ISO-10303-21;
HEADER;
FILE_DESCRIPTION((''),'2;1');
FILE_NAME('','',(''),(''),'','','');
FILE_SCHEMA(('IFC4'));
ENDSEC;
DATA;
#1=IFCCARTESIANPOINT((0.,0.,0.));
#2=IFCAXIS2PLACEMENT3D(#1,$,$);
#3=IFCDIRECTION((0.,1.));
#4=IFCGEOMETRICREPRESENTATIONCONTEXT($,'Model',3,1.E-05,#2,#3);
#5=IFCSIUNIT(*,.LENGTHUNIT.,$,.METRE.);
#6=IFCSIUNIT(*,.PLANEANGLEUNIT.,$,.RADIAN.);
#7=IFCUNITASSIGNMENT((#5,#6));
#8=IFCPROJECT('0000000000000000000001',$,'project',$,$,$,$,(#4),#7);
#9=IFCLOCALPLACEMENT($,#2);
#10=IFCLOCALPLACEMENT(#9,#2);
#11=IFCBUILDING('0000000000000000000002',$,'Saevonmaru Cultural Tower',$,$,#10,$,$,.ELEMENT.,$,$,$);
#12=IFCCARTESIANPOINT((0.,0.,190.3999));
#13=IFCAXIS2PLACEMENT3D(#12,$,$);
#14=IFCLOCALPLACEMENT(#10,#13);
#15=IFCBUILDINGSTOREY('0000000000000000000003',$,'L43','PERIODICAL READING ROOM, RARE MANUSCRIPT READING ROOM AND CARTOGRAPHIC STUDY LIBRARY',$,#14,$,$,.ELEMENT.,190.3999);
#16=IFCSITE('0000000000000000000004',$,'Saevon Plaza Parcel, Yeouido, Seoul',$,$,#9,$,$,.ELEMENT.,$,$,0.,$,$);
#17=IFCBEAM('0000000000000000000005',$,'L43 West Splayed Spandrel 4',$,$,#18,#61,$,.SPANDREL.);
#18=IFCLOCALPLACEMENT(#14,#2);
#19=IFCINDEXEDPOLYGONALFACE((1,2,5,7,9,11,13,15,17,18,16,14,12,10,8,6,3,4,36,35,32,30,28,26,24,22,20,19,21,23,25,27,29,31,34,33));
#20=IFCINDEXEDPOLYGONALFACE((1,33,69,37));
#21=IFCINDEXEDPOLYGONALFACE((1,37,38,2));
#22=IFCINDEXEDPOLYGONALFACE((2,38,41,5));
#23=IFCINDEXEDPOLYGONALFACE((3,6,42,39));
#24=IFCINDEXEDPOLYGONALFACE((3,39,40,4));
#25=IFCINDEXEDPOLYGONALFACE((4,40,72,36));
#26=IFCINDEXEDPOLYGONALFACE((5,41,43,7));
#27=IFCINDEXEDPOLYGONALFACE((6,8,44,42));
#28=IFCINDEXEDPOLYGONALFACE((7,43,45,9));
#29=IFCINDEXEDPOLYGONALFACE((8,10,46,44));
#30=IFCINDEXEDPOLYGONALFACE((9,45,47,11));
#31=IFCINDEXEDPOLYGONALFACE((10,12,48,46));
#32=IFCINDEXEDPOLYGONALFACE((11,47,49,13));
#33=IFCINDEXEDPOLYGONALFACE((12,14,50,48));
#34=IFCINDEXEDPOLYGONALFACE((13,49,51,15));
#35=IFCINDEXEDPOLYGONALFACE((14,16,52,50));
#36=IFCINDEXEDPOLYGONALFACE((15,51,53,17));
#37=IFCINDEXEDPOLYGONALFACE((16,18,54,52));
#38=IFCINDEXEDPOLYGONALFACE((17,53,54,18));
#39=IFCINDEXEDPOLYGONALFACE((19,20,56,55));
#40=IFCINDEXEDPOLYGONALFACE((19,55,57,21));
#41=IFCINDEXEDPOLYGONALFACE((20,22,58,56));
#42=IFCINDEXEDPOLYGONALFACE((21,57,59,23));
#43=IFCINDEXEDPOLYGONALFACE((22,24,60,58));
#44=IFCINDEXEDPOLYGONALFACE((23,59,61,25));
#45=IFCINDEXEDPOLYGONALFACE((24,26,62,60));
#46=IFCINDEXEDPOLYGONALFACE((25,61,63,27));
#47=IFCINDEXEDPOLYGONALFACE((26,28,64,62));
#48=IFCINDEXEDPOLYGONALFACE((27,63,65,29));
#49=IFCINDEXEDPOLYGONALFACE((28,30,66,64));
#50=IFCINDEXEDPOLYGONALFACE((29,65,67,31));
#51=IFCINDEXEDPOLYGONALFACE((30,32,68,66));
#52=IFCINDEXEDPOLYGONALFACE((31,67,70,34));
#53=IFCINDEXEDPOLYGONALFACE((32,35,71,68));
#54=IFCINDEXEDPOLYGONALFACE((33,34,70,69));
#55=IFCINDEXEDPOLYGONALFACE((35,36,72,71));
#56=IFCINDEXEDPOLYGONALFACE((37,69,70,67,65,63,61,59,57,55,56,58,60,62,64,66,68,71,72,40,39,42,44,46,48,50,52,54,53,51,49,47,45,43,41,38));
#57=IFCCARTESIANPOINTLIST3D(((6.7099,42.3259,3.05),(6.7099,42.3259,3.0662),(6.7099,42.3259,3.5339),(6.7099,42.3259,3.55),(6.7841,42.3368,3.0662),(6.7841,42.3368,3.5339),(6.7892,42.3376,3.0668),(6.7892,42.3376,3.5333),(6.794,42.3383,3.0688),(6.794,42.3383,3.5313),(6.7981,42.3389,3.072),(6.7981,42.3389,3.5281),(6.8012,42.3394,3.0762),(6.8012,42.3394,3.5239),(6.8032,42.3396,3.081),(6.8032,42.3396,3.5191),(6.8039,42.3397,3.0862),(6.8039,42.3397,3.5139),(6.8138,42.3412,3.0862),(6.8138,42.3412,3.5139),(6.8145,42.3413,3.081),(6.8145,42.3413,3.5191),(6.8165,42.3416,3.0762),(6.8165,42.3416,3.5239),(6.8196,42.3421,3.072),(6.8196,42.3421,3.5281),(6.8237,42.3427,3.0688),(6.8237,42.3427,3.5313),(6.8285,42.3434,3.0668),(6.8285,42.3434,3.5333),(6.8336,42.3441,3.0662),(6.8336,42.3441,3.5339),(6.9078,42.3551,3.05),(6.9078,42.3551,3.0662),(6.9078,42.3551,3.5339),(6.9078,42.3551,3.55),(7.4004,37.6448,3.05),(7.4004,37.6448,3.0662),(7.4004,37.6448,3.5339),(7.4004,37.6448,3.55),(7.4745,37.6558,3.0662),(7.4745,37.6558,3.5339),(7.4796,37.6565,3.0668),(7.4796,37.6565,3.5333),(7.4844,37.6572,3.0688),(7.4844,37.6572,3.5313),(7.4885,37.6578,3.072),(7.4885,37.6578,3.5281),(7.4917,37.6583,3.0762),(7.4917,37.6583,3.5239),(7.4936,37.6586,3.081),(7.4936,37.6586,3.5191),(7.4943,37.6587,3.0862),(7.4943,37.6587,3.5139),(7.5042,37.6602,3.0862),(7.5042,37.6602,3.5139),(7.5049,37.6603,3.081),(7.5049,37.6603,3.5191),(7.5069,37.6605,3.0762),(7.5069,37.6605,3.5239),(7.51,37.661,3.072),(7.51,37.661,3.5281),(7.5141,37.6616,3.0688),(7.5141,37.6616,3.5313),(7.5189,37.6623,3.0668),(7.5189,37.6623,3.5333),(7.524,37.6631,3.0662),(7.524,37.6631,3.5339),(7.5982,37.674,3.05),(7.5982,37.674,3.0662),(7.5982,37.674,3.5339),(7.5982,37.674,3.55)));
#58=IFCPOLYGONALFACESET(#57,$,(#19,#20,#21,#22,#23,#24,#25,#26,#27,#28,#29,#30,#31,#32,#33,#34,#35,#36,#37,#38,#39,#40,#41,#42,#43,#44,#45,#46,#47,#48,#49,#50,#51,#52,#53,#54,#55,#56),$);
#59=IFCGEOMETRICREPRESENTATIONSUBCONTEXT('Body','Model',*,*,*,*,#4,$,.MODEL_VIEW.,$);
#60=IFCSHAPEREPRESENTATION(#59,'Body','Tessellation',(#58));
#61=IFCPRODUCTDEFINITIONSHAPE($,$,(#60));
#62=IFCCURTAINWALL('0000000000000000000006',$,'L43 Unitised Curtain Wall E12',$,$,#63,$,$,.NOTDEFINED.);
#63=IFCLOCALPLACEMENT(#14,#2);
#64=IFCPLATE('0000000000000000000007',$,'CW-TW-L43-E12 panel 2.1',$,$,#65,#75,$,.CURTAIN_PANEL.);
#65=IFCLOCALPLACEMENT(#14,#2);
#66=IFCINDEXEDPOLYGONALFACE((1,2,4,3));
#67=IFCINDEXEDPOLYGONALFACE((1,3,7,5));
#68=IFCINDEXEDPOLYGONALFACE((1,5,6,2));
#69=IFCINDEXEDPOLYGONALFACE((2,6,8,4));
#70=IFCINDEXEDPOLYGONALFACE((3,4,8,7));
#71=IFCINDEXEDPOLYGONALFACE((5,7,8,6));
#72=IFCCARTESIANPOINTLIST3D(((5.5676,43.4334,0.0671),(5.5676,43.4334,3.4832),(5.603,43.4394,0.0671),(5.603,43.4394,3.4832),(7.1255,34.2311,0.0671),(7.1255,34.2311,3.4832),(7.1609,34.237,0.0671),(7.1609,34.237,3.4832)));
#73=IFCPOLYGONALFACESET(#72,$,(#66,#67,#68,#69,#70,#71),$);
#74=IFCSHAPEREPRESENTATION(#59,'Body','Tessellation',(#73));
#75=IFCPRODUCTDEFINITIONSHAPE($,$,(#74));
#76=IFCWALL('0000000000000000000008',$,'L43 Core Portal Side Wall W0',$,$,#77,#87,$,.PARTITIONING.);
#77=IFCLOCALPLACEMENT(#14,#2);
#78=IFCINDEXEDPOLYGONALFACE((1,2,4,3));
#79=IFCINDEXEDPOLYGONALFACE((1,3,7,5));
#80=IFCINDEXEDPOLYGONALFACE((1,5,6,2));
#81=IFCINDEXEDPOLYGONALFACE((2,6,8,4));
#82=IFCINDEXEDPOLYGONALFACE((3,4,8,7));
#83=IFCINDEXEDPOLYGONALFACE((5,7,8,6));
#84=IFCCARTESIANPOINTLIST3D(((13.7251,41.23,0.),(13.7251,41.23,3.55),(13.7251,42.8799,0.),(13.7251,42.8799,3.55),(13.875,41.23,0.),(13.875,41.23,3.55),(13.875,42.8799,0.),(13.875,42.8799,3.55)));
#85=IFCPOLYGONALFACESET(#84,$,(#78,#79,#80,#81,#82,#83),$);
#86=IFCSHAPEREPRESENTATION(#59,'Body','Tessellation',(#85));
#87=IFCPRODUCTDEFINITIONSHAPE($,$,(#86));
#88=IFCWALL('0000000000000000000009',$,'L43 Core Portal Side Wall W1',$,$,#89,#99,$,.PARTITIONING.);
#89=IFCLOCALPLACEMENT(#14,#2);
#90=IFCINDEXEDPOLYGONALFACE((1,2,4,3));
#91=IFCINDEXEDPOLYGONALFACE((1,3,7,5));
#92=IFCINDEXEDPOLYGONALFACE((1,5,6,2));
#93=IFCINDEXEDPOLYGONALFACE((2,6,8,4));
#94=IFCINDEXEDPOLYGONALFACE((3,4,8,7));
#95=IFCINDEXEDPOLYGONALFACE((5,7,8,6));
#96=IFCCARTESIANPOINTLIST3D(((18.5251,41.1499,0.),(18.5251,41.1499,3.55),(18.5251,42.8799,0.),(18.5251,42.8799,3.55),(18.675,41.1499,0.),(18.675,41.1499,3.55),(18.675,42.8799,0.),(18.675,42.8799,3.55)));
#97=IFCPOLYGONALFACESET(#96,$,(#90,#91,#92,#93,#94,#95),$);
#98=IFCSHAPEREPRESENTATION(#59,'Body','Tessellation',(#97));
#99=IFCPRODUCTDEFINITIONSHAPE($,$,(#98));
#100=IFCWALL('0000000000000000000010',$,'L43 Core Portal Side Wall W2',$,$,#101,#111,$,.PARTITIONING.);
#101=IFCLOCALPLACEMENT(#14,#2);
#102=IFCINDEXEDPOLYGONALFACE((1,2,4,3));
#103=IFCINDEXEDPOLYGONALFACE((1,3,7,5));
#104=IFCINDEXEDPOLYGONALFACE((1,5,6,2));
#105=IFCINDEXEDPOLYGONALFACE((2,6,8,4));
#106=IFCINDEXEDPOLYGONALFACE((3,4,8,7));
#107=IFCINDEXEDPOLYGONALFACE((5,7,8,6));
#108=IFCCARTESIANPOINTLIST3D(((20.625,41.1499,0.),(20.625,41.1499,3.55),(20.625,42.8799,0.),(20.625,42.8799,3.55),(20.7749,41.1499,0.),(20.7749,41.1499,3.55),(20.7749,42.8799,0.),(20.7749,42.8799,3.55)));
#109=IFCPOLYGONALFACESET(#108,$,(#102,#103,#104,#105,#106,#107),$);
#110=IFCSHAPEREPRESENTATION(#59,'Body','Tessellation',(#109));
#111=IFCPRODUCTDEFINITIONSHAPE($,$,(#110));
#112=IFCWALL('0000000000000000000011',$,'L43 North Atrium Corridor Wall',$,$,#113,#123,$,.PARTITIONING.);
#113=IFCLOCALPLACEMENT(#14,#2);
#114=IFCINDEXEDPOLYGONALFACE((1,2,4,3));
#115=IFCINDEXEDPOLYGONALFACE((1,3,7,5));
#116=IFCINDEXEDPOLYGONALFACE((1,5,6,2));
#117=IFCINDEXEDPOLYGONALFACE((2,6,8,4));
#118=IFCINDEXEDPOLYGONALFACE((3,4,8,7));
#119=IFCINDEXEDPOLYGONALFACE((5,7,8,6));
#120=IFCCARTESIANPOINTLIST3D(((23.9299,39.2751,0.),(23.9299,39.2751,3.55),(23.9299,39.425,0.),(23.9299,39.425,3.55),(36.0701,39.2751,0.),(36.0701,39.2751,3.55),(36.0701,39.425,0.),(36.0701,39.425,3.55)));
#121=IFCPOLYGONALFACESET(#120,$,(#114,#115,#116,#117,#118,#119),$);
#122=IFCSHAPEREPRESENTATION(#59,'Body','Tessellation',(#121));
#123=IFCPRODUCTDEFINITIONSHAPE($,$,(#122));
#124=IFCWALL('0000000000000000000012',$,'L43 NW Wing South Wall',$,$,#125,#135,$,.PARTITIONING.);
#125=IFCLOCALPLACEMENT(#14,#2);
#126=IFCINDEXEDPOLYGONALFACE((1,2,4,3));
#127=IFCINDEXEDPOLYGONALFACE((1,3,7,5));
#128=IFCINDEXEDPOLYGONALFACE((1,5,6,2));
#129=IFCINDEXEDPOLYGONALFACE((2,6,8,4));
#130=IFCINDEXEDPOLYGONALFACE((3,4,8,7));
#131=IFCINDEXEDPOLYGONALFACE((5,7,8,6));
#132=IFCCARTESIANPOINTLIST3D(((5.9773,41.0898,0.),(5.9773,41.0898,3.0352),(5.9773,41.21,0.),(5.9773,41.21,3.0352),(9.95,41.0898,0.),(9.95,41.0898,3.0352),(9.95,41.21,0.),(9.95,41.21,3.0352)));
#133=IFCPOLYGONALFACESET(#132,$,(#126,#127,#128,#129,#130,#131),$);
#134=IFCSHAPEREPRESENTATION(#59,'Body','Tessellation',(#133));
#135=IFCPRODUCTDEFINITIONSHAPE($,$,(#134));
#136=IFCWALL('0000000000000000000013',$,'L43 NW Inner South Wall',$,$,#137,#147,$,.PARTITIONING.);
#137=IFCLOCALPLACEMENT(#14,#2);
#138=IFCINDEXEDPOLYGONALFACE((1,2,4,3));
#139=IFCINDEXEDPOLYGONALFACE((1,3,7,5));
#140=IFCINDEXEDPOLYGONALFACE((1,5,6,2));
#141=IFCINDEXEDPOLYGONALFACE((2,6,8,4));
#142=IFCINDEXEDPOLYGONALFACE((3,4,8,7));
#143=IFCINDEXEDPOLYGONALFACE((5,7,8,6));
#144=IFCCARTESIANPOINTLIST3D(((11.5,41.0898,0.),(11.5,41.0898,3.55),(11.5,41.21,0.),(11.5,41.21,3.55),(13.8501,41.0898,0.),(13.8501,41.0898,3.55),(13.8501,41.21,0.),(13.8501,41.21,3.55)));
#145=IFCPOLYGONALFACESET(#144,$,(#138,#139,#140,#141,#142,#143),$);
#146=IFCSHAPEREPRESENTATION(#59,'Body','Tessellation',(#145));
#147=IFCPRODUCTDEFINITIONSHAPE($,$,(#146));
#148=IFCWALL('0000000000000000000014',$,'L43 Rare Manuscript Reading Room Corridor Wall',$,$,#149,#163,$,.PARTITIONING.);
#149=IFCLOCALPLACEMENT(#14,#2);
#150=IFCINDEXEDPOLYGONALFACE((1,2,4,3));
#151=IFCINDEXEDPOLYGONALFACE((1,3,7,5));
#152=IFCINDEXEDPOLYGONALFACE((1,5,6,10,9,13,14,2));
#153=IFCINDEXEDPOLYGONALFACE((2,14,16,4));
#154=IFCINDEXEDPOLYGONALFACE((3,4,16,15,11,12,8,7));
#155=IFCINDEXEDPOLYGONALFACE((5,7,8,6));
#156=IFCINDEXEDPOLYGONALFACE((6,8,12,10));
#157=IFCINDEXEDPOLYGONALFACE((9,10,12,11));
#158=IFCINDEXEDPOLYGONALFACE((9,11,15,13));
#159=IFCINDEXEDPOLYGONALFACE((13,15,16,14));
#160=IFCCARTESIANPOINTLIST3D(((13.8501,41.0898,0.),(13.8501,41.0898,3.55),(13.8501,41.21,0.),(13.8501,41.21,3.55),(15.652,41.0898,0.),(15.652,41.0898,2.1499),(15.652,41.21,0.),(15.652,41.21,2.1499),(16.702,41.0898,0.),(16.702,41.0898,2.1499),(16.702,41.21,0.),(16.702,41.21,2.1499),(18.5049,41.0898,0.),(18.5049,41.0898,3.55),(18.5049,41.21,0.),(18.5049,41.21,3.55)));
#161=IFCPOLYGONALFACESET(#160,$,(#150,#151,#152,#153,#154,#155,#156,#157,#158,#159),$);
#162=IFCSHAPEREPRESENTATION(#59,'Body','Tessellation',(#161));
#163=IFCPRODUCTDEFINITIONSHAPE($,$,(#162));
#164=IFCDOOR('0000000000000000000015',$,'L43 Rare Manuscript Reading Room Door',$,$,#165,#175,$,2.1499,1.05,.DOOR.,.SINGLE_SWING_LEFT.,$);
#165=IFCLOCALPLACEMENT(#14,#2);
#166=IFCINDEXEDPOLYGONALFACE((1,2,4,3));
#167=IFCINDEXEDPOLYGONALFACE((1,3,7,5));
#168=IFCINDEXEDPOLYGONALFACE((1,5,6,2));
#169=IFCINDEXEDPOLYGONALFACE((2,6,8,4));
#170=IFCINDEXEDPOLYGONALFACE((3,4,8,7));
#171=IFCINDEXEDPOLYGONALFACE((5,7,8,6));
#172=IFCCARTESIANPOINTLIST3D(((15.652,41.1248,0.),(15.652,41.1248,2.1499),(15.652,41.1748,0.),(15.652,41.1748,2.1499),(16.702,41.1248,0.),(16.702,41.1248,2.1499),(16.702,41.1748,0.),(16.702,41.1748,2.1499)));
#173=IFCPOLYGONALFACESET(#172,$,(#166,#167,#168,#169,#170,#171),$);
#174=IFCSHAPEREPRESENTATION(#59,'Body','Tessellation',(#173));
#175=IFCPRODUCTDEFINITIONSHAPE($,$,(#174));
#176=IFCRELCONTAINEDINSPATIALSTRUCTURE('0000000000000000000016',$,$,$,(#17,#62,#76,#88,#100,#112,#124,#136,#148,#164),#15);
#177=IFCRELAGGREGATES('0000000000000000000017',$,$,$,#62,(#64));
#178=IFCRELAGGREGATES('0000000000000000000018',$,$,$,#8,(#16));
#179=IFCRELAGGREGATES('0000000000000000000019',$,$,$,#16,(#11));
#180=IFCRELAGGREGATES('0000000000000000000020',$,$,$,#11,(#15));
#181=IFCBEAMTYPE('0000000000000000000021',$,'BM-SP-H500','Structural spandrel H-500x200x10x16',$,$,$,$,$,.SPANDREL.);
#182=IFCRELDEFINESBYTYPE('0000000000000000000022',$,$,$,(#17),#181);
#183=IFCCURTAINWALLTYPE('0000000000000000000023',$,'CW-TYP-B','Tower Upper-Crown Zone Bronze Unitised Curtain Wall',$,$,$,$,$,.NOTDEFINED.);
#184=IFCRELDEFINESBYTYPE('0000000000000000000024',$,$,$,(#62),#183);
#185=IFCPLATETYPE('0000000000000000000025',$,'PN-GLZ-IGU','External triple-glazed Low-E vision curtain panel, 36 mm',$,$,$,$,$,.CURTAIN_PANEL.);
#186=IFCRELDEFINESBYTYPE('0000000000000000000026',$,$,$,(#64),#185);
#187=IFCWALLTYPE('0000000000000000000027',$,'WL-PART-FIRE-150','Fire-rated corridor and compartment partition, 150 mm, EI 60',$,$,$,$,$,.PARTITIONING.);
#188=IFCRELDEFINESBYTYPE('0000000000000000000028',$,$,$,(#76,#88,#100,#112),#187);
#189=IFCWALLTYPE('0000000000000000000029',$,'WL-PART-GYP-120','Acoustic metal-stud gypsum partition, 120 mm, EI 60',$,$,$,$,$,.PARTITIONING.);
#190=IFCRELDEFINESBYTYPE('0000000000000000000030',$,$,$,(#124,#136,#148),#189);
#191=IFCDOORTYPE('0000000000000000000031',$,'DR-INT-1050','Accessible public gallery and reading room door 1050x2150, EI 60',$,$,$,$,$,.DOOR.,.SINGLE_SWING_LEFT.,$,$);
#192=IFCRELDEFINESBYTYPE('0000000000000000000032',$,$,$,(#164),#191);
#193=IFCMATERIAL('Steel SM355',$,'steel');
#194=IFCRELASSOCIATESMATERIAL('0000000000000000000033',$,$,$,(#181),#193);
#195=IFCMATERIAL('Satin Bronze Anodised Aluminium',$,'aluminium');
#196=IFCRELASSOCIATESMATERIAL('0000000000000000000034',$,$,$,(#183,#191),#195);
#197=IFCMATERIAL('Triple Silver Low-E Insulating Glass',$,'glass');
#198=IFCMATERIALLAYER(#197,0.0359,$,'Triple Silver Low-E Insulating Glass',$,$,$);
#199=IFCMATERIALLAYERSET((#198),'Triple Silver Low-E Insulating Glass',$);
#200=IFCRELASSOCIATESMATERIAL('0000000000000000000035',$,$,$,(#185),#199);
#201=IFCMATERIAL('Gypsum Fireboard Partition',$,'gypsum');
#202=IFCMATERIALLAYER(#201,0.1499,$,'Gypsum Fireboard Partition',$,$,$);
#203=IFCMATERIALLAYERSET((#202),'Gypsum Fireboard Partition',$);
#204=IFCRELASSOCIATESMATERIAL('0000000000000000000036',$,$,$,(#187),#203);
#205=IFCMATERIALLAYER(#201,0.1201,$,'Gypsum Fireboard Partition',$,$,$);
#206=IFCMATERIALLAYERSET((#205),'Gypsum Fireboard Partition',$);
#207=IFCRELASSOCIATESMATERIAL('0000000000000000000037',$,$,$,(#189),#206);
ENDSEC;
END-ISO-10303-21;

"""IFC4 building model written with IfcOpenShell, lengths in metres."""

from ifc_helpers import new_model, si_unit, direction, frame, frame_2d, origin, origin_2d, place, context, subcontext, project, spatial, rectangle, i_section, extrude, material, layer, layer_set, material_profile, profile_set, type_object, element, fill, aggregate, save


model = new_model("IFC4")

# Units and contexts
model_context = context("Model", 3, precision=1e-05, world=origin(), true_north=direction((0.0, 1.0)))
body_context = subcontext(model_context, "Body", "Model", "MODEL_VIEW")
ifc_project = project(units=[si_unit("LENGTHUNIT", "METRE"), si_unit("PLANEANGLEUNIT", "RADIAN")], contexts=[model_context])

# Site, building, storey
site_placement = place(None, origin())
site = spatial("IfcSite", under=ifc_project, at=site_placement, Name="Saevon Plaza Parcel, Yeouido, Seoul", CompositionType="ELEMENT", RefElevation=0.0)
building_placement = place(site_placement, origin())
building = spatial("IfcBuilding", under=site, at=building_placement, Name="Saevonmaru Cultural Tower", CompositionType="ELEMENT")
storey_placement = place(building_placement, frame((0.0, 0.0, 190.3999)))
storey = spatial("IfcBuildingStorey", under=building, at=storey_placement, Name="L43", Description="PERIODICAL READING ROOM, RARE MANUSCRIPT READING ROOM AND CARTOGRAPHIC STUDY LIBRARY", CompositionType="ELEMENT", Elevation=190.3999)

# Shared definitions
ifc_material_1 = material(Name="Steel SM355", Category="steel")

# Beam
ifc_material_profile_1 = material_profile(ifc_material_1, i_section(OverallWidth=0.2, OverallDepth=0.5, WebThickness=0.01, FlangeThickness=0.0161, FilletRadius=0.02, at=origin_2d()), Name="H-500x200x10x16")
ifc_profile_set_1 = profile_set([ifc_material_profile_1], Name="Steel SM355")
beam_type_1 = type_object("IfcBeamType", Name="BM-SP-H500", Description="Structural spandrel H-500x200x10x16", PredefinedType="SPANDREL", material=ifc_profile_set_1)
beam_1_placement = place(storey_placement, frame((7.4993, 37.6594, 3.3), z_axis=(-0.145913, 0.989297, 0.0), x_axis=(-0.989297, -0.145913, 0.0)))
element("IfcBeam", 1, at=beam_1_placement, inside=storey, type_object=beam_type_1, Name="L43 West Splayed Spandrel 4", PredefinedType="SPANDREL", context=body_context, shape_type="SweptSolid", body=[
    extrude(i_section(OverallWidth=0.2, OverallDepth=0.5, WebThickness=0.01, FlangeThickness=0.0161, FilletRadius=0.02, at=origin_2d()), origin(), (0.0, 0.0, 1.0), 4.7317),
])

# Curtain wall, plate
ifc_material_2 = material(Name="Satin Bronze Anodised Aluminium", Category="aluminium")
curtain_wall_type = type_object("IfcCurtainWallType", Name="CW-TYP-B", Description="Tower Upper-Crown Zone Bronze Unitised Curtain Wall", PredefinedType="NOTDEFINED", material=ifc_material_2)
curtain_wall_placement = place(storey_placement, origin())
curtain_wall = element("IfcCurtainWall", 2, at=curtain_wall_placement, inside=storey, type_object=curtain_wall_type, Name="L43 Unitised Curtain Wall E12", PredefinedType="NOTDEFINED")
ifc_material_3 = material(Name="Triple Silver Low-E Insulating Glass", Category="glass")
ifc_layer_1 = layer(ifc_material_3, 0.0359, Name="Triple Silver Low-E Insulating Glass")
ifc_layer_set_1 = layer_set([ifc_layer_1], Name="Triple Silver Low-E Insulating Glass")
plate_type = type_object("IfcPlateType", Name="PN-GLZ-IGU", Description="External triple-glazed Low-E vision curtain panel, 36 mm", PredefinedType="CURTAIN_PANEL", material=ifc_layer_set_1)
plate_placement = place(storey_placement, frame((6.3643, 38.8352, 0.0671), z_axis=(0.0, 0.0, 1.0), x_axis=(0.166922, -0.98597, 0.0)))
plate = element("IfcPlate", 3, at=plate_placement, type_object=plate_type, Name="CW-TW-L43-E12 panel 2.1", PredefinedType="CURTAIN_PANEL", context=body_context, shape_type="SweptSolid", body=[
    extrude(rectangle(XDim=9.3333, YDim=0.0359, at=origin_2d()), origin(), (0.0, 0.0, 1.0), 3.416),
])
aggregate(curtain_wall, [plate])

# Walls
ifc_material_4 = material(Name="Gypsum Fireboard Partition", Category="gypsum")
ifc_layer_2 = layer(ifc_material_4, 0.1499, Name="Gypsum Fireboard Partition")
ifc_layer_set_2 = layer_set([ifc_layer_2], Name="Gypsum Fireboard Partition")
wall_type_1 = type_object("IfcWallType", Name="WL-PART-FIRE-150", Description="Fire-rated corridor and compartment partition, 150 mm, EI 60", PredefinedType="PARTITIONING", material=ifc_layer_set_2)
wall_1_placement = place(storey_placement, frame((13.8, 41.23, 0.0), z_axis=(0.0, 0.0, 1.0), x_axis=(0.0, 1.0, 0.0)))
element("IfcWall", 4, at=wall_1_placement, inside=storey, type_object=wall_type_1, Name="L43 Core Portal Side Wall W0", PredefinedType="PARTITIONING", context=body_context, shape_type="SweptSolid", body=[
    extrude(rectangle(XDim=1.6499, YDim=0.1499, at=frame_2d((0.825, 0.0))), origin(), (0.0, 0.0, 1.0), 3.55),
])
for number, where, z_axis, x_axis, name in (
    (5, (18.6001, 41.1499, 0.0), (0.0, 0.0, 1.0), (0.0, 1.0, 0.0), "L43 Core Portal Side Wall W1"),
    (6, (20.7, 41.1499, 0.0), (0.0, 0.0, 1.0), (0.0, 1.0, 0.0), "L43 Core Portal Side Wall W2"),
):
    element("IfcWall", number, at=place(storey_placement, frame(where, z_axis=z_axis, x_axis=x_axis)), inside=storey, type_object=wall_type_1, Name=name, PredefinedType="PARTITIONING", context=body_context, shape_type="SweptSolid", body=[
        extrude(rectangle(XDim=1.73, YDim=0.1499, at=frame_2d((0.865, 0.0))), origin(), (0.0, 0.0, 1.0), 3.55),
    ])
wall_2_placement = place(storey_placement, frame((23.9299, 39.3501, 0.0), z_axis=(0.0, 0.0, 1.0), x_axis=(1.0, 0.0, 0.0)))
element("IfcWall", 7, at=wall_2_placement, inside=storey, type_object=wall_type_1, Name="L43 North Atrium Corridor Wall", PredefinedType="PARTITIONING", context=body_context, shape_type="SweptSolid", body=[
    extrude(rectangle(XDim=12.1401, YDim=0.1499, at=frame_2d((6.0701, 0.0))), origin(), (0.0, 0.0, 1.0), 3.55),
])
ifc_layer_3 = layer(ifc_material_4, 0.1201, Name="Gypsum Fireboard Partition")
ifc_layer_set_3 = layer_set([ifc_layer_3], Name="Gypsum Fireboard Partition")
wall_type_2 = type_object("IfcWallType", Name="WL-PART-GYP-120", Description="Acoustic metal-stud gypsum partition, 120 mm, EI 60", PredefinedType="PARTITIONING", material=ifc_layer_set_3)
wall_3_placement = place(storey_placement, frame((5.9773, 41.1499, 0.0), z_axis=(0.0, 0.0, 1.0), x_axis=(1.0, 0.0, 0.0)))
element("IfcWall", 8, at=wall_3_placement, inside=storey, type_object=wall_type_2, Name="L43 NW Wing South Wall", PredefinedType="PARTITIONING", context=body_context, shape_type="SweptSolid", body=[
    extrude(rectangle(XDim=3.9727, YDim=0.1201, at=frame_2d((1.9863, 0.0))), origin(), (0.0, 0.0, 1.0), 3.0352),
])
wall_4_placement = place(storey_placement, frame((11.5, 41.1499, 0.0), z_axis=(0.0, 0.0, 1.0), x_axis=(1.0, 0.0, 0.0)))
element("IfcWall", 9, at=wall_4_placement, inside=storey, type_object=wall_type_2, Name="L43 NW Inner South Wall", PredefinedType="PARTITIONING", context=body_context, shape_type="SweptSolid", body=[
    extrude(rectangle(XDim=2.3501, YDim=0.1201, at=frame_2d((1.175, 0.0))), origin(), (0.0, 0.0, 1.0), 3.55),
])

# Wall, opening, door
door_type = type_object("IfcDoorType", Name="DR-INT-1050", Description="Accessible public gallery and reading room door 1050x2150, EI 60", OperationType="SINGLE_SWING_LEFT", PredefinedType="DOOR", material=ifc_material_2)
wall_5_placement = place(storey_placement, frame((13.8501, 41.1499, 0.0), z_axis=(0.0, 0.0, 1.0), x_axis=(1.0, 0.0, 0.0)))
wall_5 = element("IfcWall", 10, at=wall_5_placement, inside=storey, type_object=wall_type_2, Name="L43 Rare Manuscript Reading Room Corridor Wall", PredefinedType="PARTITIONING", context=body_context, shape_type="SweptSolid", body=[
    extrude(rectangle(XDim=4.6548, YDim=0.1201, at=frame_2d((2.3274, 0.0))), origin(), (0.0, 0.0, 1.0), 3.55),
])
opening_1_placement = place(wall_5_placement, frame((1.802, 0.0, 0.0)))
opening_1 = element("IfcOpeningElement", 11, at=opening_1_placement, cuts=wall_5, PredefinedType="OPENING", context=body_context, shape_type="SweptSolid", body=[
    extrude(rectangle(XDim=1.05, YDim=2.1499, at=frame_2d((0.5249, 1.075))), frame((0.0, 0.0701, 0.0), z_axis=(0.0, -1.0, 0.0), x_axis=(1.0, 0.0, 0.0)), (0.0, 0.0, 1.0), 0.1401),
])
door_1_placement = place(opening_1_placement, origin())
door_1 = element("IfcDoor", 12, at=door_1_placement, inside=storey, type_object=door_type, Name="L43 Rare Manuscript Reading Room Door", OperationType="SINGLE_SWING_LEFT", OverallHeight=2.1499, OverallWidth=1.05, PredefinedType="DOOR", context=body_context, shape_type="SweptSolid", body=[
    extrude(rectangle(XDim=1.05, YDim=2.1499, at=frame_2d((0.5249, 1.075))), frame((0.0, 0.0249, 0.0), z_axis=(0.0, -1.0, 0.0), x_axis=(1.0, 0.0, 0.0)), (0.0, 0.0, 1.0), 0.05),
])
fill(opening_1, door_1)

save(model, "model.ifc")
